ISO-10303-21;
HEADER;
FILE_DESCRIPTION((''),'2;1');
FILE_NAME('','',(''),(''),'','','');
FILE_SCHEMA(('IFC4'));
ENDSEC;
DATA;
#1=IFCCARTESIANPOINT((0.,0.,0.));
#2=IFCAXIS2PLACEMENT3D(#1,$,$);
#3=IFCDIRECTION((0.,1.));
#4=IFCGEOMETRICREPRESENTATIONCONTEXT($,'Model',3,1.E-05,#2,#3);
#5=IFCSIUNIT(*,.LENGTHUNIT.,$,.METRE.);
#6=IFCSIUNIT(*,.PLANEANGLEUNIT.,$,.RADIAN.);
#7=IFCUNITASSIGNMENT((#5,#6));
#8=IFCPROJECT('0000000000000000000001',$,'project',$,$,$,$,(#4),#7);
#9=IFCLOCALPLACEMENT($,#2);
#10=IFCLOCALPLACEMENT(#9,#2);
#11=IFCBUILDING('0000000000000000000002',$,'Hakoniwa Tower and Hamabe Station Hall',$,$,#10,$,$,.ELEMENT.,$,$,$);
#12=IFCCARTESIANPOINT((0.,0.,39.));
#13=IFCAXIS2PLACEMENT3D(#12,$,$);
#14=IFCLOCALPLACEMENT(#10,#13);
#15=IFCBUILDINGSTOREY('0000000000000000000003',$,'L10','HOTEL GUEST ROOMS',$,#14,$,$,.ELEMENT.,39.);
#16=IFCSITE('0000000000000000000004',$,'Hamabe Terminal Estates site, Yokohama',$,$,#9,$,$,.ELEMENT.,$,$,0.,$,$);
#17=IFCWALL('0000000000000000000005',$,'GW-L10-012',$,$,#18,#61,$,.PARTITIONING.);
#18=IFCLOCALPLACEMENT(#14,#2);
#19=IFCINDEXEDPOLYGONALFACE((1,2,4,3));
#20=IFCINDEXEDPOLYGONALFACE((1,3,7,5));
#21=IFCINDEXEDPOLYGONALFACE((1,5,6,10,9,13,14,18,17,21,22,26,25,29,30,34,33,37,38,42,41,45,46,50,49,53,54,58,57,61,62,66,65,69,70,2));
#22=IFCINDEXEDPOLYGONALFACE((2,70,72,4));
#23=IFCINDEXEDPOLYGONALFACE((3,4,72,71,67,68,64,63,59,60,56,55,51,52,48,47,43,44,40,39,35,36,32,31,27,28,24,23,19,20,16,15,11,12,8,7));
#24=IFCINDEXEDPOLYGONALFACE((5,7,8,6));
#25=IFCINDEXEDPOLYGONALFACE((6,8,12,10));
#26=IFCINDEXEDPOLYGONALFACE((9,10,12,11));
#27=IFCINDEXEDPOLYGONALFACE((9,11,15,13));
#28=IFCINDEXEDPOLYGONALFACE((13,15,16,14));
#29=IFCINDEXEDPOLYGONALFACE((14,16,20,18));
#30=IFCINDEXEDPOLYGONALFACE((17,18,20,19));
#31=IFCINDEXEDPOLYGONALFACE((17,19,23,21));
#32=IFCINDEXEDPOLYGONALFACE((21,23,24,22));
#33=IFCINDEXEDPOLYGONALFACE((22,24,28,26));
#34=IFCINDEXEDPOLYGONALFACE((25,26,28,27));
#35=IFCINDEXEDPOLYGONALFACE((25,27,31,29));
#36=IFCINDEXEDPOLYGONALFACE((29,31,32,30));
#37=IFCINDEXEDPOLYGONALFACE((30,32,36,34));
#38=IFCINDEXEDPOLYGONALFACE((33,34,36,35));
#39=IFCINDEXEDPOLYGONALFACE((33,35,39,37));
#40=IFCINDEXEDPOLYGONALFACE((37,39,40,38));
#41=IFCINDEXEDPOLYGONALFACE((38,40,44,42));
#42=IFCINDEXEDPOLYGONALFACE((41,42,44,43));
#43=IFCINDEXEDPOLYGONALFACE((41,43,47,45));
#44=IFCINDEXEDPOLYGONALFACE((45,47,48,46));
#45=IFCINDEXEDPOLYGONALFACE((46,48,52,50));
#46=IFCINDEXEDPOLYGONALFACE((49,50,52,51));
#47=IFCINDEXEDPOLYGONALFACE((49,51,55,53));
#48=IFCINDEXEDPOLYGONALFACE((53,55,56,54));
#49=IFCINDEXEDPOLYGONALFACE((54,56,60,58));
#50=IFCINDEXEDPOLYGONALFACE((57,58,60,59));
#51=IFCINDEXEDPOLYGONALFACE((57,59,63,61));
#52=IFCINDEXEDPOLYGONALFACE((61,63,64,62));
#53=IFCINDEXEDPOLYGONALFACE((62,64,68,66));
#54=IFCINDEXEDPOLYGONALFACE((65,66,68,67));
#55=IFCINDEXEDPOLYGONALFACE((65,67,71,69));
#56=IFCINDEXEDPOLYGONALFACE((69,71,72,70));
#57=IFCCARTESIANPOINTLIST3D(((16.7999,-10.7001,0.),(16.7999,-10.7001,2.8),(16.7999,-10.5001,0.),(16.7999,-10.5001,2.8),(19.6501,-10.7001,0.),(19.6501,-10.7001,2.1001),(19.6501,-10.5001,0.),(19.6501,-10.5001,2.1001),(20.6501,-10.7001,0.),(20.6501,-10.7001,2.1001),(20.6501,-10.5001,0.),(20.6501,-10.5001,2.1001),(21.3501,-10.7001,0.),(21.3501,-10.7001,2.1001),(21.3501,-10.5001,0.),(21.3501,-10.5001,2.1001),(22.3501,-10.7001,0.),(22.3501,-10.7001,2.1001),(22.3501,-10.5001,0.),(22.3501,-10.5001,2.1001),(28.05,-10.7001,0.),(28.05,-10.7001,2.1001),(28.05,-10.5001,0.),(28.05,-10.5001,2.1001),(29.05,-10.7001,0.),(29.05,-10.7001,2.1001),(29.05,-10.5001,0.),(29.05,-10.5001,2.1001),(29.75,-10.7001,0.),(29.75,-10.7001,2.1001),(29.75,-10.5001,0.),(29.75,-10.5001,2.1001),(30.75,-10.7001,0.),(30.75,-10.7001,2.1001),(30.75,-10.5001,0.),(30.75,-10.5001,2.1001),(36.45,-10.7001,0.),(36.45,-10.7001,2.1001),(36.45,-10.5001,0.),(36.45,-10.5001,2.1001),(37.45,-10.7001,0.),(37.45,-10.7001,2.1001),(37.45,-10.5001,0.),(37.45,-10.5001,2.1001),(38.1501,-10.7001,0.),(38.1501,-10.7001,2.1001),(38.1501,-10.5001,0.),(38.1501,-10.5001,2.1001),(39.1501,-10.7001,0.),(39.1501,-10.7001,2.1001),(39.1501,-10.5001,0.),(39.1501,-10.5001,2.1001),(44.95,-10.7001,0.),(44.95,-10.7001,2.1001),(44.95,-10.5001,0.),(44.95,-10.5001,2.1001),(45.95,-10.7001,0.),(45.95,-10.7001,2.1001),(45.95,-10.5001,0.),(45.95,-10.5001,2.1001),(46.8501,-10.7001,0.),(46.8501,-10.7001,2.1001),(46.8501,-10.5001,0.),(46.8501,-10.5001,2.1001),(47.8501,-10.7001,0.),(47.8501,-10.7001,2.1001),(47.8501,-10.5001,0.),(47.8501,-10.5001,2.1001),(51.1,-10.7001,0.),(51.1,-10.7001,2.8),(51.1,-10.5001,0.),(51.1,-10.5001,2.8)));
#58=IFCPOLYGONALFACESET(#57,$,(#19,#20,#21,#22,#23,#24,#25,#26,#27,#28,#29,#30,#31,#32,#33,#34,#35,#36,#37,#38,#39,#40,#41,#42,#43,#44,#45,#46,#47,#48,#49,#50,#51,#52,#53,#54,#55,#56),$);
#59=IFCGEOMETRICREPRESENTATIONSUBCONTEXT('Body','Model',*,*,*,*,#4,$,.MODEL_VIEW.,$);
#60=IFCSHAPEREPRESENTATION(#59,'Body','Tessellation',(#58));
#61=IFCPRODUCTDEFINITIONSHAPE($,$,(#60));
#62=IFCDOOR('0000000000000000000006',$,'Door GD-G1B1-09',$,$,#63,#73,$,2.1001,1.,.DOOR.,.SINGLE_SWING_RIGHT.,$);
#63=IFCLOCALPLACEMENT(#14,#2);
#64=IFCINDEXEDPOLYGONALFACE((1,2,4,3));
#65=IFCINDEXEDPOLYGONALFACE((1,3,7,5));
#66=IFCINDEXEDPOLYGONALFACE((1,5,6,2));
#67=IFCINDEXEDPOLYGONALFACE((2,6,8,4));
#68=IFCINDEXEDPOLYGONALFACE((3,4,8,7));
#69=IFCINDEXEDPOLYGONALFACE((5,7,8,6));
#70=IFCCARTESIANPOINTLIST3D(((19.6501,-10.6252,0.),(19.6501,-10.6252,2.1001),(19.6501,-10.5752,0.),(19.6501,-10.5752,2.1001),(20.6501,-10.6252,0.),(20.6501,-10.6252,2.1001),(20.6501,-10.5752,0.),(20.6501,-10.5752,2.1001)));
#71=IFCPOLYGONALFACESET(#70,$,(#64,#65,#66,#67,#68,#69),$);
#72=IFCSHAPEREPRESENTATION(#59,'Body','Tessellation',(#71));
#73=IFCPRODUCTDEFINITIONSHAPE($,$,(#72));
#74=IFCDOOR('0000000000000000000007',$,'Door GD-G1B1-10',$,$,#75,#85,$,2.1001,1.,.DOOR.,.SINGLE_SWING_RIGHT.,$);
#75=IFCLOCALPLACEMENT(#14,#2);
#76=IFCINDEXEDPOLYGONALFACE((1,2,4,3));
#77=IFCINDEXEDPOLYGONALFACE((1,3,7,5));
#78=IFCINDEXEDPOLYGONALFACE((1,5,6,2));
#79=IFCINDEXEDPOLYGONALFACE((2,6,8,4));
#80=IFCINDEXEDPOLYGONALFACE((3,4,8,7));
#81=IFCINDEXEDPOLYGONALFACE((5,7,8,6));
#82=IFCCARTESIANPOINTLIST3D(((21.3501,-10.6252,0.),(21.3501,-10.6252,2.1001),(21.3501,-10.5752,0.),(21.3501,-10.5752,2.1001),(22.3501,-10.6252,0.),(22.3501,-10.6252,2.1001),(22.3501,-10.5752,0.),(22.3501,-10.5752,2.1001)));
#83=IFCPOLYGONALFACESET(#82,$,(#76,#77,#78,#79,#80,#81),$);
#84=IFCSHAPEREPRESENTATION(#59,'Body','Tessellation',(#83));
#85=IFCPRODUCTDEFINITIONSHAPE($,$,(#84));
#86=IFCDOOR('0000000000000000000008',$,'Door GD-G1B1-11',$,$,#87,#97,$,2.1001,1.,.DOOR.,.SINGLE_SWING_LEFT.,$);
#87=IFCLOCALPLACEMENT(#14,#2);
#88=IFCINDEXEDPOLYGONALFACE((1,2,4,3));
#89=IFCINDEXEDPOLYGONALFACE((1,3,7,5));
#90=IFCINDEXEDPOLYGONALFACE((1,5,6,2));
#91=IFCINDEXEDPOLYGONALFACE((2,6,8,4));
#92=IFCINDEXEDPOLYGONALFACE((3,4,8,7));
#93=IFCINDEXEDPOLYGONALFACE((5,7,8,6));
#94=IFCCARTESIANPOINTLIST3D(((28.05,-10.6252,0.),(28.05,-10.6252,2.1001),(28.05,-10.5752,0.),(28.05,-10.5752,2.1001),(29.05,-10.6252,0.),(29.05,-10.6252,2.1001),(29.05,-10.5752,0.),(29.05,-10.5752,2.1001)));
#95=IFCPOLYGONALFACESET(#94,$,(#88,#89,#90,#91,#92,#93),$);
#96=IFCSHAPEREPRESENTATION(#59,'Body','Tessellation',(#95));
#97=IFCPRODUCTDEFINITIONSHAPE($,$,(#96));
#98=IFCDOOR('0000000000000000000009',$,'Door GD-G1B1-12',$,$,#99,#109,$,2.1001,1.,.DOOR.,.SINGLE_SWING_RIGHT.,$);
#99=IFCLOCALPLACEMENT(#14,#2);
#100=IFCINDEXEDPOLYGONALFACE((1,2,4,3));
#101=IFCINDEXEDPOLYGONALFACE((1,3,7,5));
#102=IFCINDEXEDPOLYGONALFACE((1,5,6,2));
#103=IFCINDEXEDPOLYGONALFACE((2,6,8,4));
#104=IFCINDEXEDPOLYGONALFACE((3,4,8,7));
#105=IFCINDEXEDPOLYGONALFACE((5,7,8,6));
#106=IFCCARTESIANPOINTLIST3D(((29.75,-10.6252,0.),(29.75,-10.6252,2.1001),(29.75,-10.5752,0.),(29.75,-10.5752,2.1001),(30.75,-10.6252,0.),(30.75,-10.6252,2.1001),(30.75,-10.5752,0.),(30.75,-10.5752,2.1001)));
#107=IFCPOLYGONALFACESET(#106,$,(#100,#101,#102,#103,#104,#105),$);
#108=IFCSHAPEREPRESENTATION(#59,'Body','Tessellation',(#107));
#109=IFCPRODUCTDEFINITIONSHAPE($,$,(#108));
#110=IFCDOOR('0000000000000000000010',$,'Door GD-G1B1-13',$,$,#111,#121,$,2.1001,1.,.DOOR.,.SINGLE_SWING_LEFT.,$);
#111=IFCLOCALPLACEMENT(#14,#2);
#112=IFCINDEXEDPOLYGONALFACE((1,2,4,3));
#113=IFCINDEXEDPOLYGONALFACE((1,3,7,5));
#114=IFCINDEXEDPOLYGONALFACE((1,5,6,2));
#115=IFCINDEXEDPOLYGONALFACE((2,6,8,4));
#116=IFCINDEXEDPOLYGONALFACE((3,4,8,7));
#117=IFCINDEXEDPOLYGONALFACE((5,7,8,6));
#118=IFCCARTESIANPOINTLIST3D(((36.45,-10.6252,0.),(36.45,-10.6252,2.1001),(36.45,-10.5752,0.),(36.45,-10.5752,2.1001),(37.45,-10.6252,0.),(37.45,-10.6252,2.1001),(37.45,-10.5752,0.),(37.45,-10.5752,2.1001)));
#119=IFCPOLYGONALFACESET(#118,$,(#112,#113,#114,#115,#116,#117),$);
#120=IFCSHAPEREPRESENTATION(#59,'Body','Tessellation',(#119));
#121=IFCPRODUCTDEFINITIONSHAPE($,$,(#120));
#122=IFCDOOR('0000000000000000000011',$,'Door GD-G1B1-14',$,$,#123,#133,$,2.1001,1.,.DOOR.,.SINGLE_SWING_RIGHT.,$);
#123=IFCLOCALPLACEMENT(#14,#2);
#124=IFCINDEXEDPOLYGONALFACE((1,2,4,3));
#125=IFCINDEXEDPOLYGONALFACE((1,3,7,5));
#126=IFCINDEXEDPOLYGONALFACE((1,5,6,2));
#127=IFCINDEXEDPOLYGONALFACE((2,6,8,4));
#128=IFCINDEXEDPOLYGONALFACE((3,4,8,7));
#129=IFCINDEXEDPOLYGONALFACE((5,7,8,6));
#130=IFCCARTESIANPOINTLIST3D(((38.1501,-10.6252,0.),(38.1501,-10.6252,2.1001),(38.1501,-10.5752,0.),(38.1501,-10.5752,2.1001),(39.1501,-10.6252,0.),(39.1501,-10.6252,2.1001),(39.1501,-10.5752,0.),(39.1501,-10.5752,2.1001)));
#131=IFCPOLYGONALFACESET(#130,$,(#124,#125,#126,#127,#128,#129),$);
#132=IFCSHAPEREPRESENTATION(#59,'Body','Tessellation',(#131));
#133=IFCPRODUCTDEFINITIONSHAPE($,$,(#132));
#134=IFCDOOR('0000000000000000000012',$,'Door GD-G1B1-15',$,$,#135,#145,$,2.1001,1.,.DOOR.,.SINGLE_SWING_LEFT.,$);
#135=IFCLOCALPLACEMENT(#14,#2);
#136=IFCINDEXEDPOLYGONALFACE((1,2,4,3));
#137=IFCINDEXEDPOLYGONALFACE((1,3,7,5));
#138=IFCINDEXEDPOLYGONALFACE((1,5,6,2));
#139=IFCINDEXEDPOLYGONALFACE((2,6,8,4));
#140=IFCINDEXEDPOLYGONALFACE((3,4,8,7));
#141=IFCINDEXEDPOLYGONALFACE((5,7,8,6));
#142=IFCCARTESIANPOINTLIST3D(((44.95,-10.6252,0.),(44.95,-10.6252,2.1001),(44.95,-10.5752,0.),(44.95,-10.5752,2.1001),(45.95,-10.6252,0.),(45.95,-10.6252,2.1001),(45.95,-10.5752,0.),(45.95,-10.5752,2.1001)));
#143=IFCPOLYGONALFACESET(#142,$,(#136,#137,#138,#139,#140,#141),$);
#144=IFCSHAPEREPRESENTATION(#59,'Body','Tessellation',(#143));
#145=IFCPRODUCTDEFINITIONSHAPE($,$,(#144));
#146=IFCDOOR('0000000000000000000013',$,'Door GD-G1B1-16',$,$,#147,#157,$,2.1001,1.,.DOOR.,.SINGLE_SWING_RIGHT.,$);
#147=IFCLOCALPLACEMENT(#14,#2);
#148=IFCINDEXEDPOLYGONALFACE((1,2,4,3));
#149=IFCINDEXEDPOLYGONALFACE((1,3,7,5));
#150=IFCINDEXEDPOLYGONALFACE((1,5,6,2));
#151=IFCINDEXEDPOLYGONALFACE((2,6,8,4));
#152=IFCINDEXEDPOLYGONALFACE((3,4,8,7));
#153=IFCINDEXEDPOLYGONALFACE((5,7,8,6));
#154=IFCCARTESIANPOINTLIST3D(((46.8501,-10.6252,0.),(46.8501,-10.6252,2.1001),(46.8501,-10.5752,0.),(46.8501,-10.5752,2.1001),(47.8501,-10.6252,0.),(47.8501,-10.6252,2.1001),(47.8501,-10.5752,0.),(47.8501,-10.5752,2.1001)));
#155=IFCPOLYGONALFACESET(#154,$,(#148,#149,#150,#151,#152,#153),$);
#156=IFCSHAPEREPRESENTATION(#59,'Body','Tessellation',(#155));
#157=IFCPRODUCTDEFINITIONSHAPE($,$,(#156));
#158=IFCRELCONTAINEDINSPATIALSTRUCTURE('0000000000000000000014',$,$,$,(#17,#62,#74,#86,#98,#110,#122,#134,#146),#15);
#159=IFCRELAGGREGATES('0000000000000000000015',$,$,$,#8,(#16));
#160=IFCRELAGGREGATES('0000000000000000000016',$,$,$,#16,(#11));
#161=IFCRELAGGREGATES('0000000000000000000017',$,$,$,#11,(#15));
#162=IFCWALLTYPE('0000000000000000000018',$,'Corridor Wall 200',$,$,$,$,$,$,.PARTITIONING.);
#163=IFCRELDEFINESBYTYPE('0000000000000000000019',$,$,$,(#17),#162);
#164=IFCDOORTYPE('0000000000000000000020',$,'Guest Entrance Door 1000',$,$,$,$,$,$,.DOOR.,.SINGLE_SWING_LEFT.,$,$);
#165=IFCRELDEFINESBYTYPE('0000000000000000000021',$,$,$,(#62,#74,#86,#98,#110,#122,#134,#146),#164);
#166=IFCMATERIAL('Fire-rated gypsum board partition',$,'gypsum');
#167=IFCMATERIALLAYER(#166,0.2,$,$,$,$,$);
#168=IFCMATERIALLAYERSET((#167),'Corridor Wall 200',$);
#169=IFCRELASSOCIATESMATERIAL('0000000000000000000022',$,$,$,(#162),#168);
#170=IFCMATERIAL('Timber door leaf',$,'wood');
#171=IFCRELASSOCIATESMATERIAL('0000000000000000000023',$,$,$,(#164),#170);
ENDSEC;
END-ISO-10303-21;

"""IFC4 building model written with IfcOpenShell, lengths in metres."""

from ifc_helpers import new_model, si_unit, direction, frame, frame_2d, origin, place, context, subcontext, project, spatial, rectangle, extrude, material, layer, layer_set, type_object, element, fill, save


model = new_model("IFC4")

# Units and contexts
model_context = context("Model", 3, precision=1e-05, world=origin(), true_north=direction((0.0, 1.0)))
body_context = subcontext(model_context, "Body", "Model", "MODEL_VIEW")
ifc_project = project(units=[si_unit("LENGTHUNIT", "METRE"), si_unit("PLANEANGLEUNIT", "RADIAN")], contexts=[model_context])

# Site, building, storey
site_placement = place(None, origin())
site = spatial("IfcSite", under=ifc_project, at=site_placement, Name="Hamabe Terminal Estates site, Yokohama", CompositionType="ELEMENT", RefElevation=0.0)
building_placement = place(site_placement, origin())
building = spatial("IfcBuilding", under=site, at=building_placement, Name="Hakoniwa Tower and Hamabe Station Hall", CompositionType="ELEMENT")
storey_placement = place(building_placement, frame((0.0, 0.0, 39.0)))
storey = spatial("IfcBuildingStorey", under=building, at=storey_placement, Name="L10", Description="HOTEL GUEST ROOMS", CompositionType="ELEMENT", Elevation=39.0)

# Wall, openings, doors
ifc_material_1 = material(Name="Fire-rated gypsum board partition", Category="gypsum")
ifc_layer_1 = layer(ifc_material_1, 0.2)
ifc_layer_set_1 = layer_set([ifc_layer_1], Name="Corridor Wall 200")
wall_type_1 = type_object("IfcWallType", Name="Corridor Wall 200", PredefinedType="PARTITIONING", material=ifc_layer_set_1)
wall_1_placement = place(storey_placement, frame((16.8, -10.6001, 0.0), z_axis=(0.0, 0.0, 1.0), x_axis=(1.0, 0.0, 0.0)))
wall_1 = element("IfcWall", 1, at=wall_1_placement, inside=storey, type_object=wall_type_1, Name="GW-L10-012", PredefinedType="PARTITIONING", context=body_context, shape_type="SweptSolid", body=[
    extrude(rectangle(XDim=34.3, YDim=0.2, at=frame_2d((17.1499, 0.0))), origin(), (0.0, 0.0, 1.0), 2.8),
])
opening_1_placement = place(wall_1_placement, frame((2.8501, 0.0, 0.0)))
opening_1 = element("IfcOpeningElement", 2, at=opening_1_placement, cuts=wall_1, PredefinedType="OPENING", context=body_context, shape_type="SweptSolid", body=[
    extrude(rectangle(XDim=1.0, YDim=2.1001, at=frame_2d((0.5, 1.05))), frame((0.0, 0.1099, 0.0), z_axis=(0.0, -1.0, 0.0), x_axis=(1.0, 0.0, 0.0)), (0.0, 0.0, 1.0), 0.22),
])
opening_2_placement = place(wall_1_placement, frame((4.55, 0.0, 0.0)))
opening_2 = element("IfcOpeningElement", 3, at=opening_2_placement, cuts=wall_1, PredefinedType="OPENING", context=body_context, shape_type="SweptSolid", body=[
    extrude(rectangle(XDim=1.0, YDim=2.1001, at=frame_2d((0.5, 1.05))), frame((0.0, 0.1099, 0.0), z_axis=(0.0, -1.0, 0.0), x_axis=(1.0, 0.0, 0.0)), (0.0, 0.0, 1.0), 0.22),
])
opening_3_placement = place(wall_1_placement, frame((11.25, 0.0, 0.0)))
opening_3 = element("IfcOpeningElement", 4, at=opening_3_placement, cuts=wall_1, PredefinedType="OPENING", context=body_context, shape_type="SweptSolid", body=[
    extrude(rectangle(XDim=1.0, YDim=2.1001, at=frame_2d((0.5, 1.05))), frame((0.0, 0.1099, 0.0), z_axis=(0.0, -1.0, 0.0), x_axis=(1.0, 0.0, 0.0)), (0.0, 0.0, 1.0), 0.22),
])
opening_4_placement = place(wall_1_placement, frame((12.95, 0.0, 0.0)))
opening_4 = element("IfcOpeningElement", 5, at=opening_4_placement, cuts=wall_1, PredefinedType="OPENING", context=body_context, shape_type="SweptSolid", body=[
    extrude(rectangle(XDim=1.0, YDim=2.1001, at=frame_2d((0.5, 1.05))), frame((0.0, 0.1099, 0.0), z_axis=(0.0, -1.0, 0.0), x_axis=(1.0, 0.0, 0.0)), (0.0, 0.0, 1.0), 0.22),
])
opening_5_placement = place(wall_1_placement, frame((19.6499, 0.0, 0.0)))
opening_5 = element("IfcOpeningElement", 6, at=opening_5_placement, cuts=wall_1, PredefinedType="OPENING", context=body_context, shape_type="SweptSolid", body=[
    extrude(rectangle(XDim=1.0, YDim=2.1001, at=frame_2d((0.5, 1.05))), frame((0.0, 0.1099, 0.0), z_axis=(0.0, -1.0, 0.0), x_axis=(1.0, 0.0, 0.0)), (0.0, 0.0, 1.0), 0.22),
])
opening_6_placement = place(wall_1_placement, frame((21.3501, 0.0, 0.0)))
opening_6 = element("IfcOpeningElement", 7, at=opening_6_placement, cuts=wall_1, PredefinedType="OPENING", context=body_context, shape_type="SweptSolid", body=[
    extrude(rectangle(XDim=1.0, YDim=2.1001, at=frame_2d((0.5, 1.05))), frame((0.0, 0.1099, 0.0), z_axis=(0.0, -1.0, 0.0), x_axis=(1.0, 0.0, 0.0)), (0.0, 0.0, 1.0), 0.22),
])
opening_7_placement = place(wall_1_placement, frame((28.1499, 0.0, 0.0)))
opening_7 = element("IfcOpeningElement", 8, at=opening_7_placement, cuts=wall_1, PredefinedType="OPENING", context=body_context, shape_type="SweptSolid", body=[
    extrude(rectangle(XDim=1.0, YDim=2.1001, at=frame_2d((0.5, 1.05))), frame((0.0, 0.1099, 0.0), z_axis=(0.0, -1.0, 0.0), x_axis=(1.0, 0.0, 0.0)), (0.0, 0.0, 1.0), 0.22),
])
opening_8_placement = place(wall_1_placement, frame((30.05, 0.0, 0.0)))
opening_8 = element("IfcOpeningElement", 9, at=opening_8_placement, cuts=wall_1, PredefinedType="OPENING", context=body_context, shape_type="SweptSolid", body=[
    extrude(rectangle(XDim=1.0, YDim=2.1001, at=frame_2d((0.5, 1.05))), frame((0.0, 0.1099, 0.0), z_axis=(0.0, -1.0, 0.0), x_axis=(1.0, 0.0, 0.0)), (0.0, 0.0, 1.0), 0.22),
])
ifc_material_2 = material(Name="Timber door leaf", Category="wood")
door_type_1 = type_object("IfcDoorType", Name="Guest Entrance Door 1000", OperationType="SINGLE_SWING_LEFT", PredefinedType="DOOR", material=ifc_material_2)
door_1_placement = place(opening_1_placement, origin())
door_1 = element("IfcDoor", 10, at=door_1_placement, inside=storey, type_object=door_type_1, Name="Door GD-G1B1-09", OperationType="SINGLE_SWING_RIGHT", OverallHeight=2.1001, OverallWidth=1.0, PredefinedType="DOOR", context=body_context, shape_type="SweptSolid", body=[
    extrude(rectangle(XDim=1.0, YDim=2.1001, at=frame_2d((0.5, 1.05))), frame((0.0, 0.0249, 0.0), z_axis=(0.0, -1.0, 0.0), x_axis=(1.0, 0.0, 0.0)), (0.0, 0.0, 1.0), 0.05),
])
fill(opening_1, door_1)
door_2_placement = place(opening_2_placement, origin())
door_2 = element("IfcDoor", 11, at=door_2_placement, inside=storey, type_object=door_type_1, Name="Door GD-G1B1-10", OperationType="SINGLE_SWING_RIGHT", OverallHeight=2.1001, OverallWidth=1.0, PredefinedType="DOOR", context=body_context, shape_type="SweptSolid", body=[
    extrude(rectangle(XDim=1.0, YDim=2.1001, at=frame_2d((0.5, 1.05))), frame((0.0, 0.0249, 0.0), z_axis=(0.0, -1.0, 0.0), x_axis=(1.0, 0.0, 0.0)), (0.0, 0.0, 1.0), 0.05),
])
fill(opening_2, door_2)
door_3_placement = place(opening_3_placement, origin())
door_3 = element("IfcDoor", 12, at=door_3_placement, inside=storey, type_object=door_type_1, Name="Door GD-G1B1-11", OperationType="SINGLE_SWING_LEFT", OverallHeight=2.1001, OverallWidth=1.0, PredefinedType="DOOR", context=body_context, shape_type="SweptSolid", body=[
    extrude(rectangle(XDim=1.0, YDim=2.1001, at=frame_2d((0.5, 1.05))), frame((0.0, 0.0249, 0.0), z_axis=(0.0, -1.0, 0.0), x_axis=(1.0, 0.0, 0.0)), (0.0, 0.0, 1.0), 0.05),
])
fill(opening_3, door_3)
door_4_placement = place(opening_4_placement, origin())
door_4 = element("IfcDoor", 13, at=door_4_placement, inside=storey, type_object=door_type_1, Name="Door GD-G1B1-12", OperationType="SINGLE_SWING_RIGHT", OverallHeight=2.1001, OverallWidth=1.0, PredefinedType="DOOR", context=body_context, shape_type="SweptSolid", body=[
    extrude(rectangle(XDim=1.0, YDim=2.1001, at=frame_2d((0.5, 1.05))), frame((0.0, 0.0249, 0.0), z_axis=(0.0, -1.0, 0.0), x_axis=(1.0, 0.0, 0.0)), (0.0, 0.0, 1.0), 0.05),
])
fill(opening_4, door_4)
door_5_placement = place(opening_5_placement, origin())
door_5 = element("IfcDoor", 14, at=door_5_placement, inside=storey, type_object=door_type_1, Name="Door GD-G1B1-13", OperationType="SINGLE_SWING_LEFT", OverallHeight=2.1001, OverallWidth=1.0, PredefinedType="DOOR", context=body_context, shape_type="SweptSolid", body=[
    extrude(rectangle(XDim=1.0, YDim=2.1001, at=frame_2d((0.5, 1.05))), frame((0.0, 0.0249, 0.0), z_axis=(0.0, -1.0, 0.0), x_axis=(1.0, 0.0, 0.0)), (0.0, 0.0, 1.0), 0.05),
])
fill(opening_5, door_5)
door_6_placement = place(opening_6_placement, origin())
door_6 = element("IfcDoor", 15, at=door_6_placement, inside=storey, type_object=door_type_1, Name="Door GD-G1B1-14", OperationType="SINGLE_SWING_RIGHT", OverallHeight=2.1001, OverallWidth=1.0, PredefinedType="DOOR", context=body_context, shape_type="SweptSolid", body=[
    extrude(rectangle(XDim=1.0, YDim=2.1001, at=frame_2d((0.5, 1.05))), frame((0.0, 0.0249, 0.0), z_axis=(0.0, -1.0, 0.0), x_axis=(1.0, 0.0, 0.0)), (0.0, 0.0, 1.0), 0.05),
])
fill(opening_6, door_6)
door_7_placement = place(opening_7_placement, origin())
door_7 = element("IfcDoor", 16, at=door_7_placement, inside=storey, type_object=door_type_1, Name="Door GD-G1B1-15", OperationType="SINGLE_SWING_LEFT", OverallHeight=2.1001, OverallWidth=1.0, PredefinedType="DOOR", context=body_context, shape_type="SweptSolid", body=[
    extrude(rectangle(XDim=1.0, YDim=2.1001, at=frame_2d((0.5, 1.05))), frame((0.0, 0.0249, 0.0), z_axis=(0.0, -1.0, 0.0), x_axis=(1.0, 0.0, 0.0)), (0.0, 0.0, 1.0), 0.05),
])
fill(opening_7, door_7)
door_8_placement = place(opening_8_placement, origin())
door_8 = element("IfcDoor", 17, at=door_8_placement, inside=storey, type_object=door_type_1, Name="Door GD-G1B1-16", OperationType="SINGLE_SWING_RIGHT", OverallHeight=2.1001, OverallWidth=1.0, PredefinedType="DOOR", context=body_context, shape_type="SweptSolid", body=[
    extrude(rectangle(XDim=1.0, YDim=2.1001, at=frame_2d((0.5, 1.05))), frame((0.0, 0.0249, 0.0), z_axis=(0.0, -1.0, 0.0), x_axis=(1.0, 0.0, 0.0)), (0.0, 0.0, 1.0), 0.05),
])
fill(opening_8, door_8)

save(model, "model.ifc")
